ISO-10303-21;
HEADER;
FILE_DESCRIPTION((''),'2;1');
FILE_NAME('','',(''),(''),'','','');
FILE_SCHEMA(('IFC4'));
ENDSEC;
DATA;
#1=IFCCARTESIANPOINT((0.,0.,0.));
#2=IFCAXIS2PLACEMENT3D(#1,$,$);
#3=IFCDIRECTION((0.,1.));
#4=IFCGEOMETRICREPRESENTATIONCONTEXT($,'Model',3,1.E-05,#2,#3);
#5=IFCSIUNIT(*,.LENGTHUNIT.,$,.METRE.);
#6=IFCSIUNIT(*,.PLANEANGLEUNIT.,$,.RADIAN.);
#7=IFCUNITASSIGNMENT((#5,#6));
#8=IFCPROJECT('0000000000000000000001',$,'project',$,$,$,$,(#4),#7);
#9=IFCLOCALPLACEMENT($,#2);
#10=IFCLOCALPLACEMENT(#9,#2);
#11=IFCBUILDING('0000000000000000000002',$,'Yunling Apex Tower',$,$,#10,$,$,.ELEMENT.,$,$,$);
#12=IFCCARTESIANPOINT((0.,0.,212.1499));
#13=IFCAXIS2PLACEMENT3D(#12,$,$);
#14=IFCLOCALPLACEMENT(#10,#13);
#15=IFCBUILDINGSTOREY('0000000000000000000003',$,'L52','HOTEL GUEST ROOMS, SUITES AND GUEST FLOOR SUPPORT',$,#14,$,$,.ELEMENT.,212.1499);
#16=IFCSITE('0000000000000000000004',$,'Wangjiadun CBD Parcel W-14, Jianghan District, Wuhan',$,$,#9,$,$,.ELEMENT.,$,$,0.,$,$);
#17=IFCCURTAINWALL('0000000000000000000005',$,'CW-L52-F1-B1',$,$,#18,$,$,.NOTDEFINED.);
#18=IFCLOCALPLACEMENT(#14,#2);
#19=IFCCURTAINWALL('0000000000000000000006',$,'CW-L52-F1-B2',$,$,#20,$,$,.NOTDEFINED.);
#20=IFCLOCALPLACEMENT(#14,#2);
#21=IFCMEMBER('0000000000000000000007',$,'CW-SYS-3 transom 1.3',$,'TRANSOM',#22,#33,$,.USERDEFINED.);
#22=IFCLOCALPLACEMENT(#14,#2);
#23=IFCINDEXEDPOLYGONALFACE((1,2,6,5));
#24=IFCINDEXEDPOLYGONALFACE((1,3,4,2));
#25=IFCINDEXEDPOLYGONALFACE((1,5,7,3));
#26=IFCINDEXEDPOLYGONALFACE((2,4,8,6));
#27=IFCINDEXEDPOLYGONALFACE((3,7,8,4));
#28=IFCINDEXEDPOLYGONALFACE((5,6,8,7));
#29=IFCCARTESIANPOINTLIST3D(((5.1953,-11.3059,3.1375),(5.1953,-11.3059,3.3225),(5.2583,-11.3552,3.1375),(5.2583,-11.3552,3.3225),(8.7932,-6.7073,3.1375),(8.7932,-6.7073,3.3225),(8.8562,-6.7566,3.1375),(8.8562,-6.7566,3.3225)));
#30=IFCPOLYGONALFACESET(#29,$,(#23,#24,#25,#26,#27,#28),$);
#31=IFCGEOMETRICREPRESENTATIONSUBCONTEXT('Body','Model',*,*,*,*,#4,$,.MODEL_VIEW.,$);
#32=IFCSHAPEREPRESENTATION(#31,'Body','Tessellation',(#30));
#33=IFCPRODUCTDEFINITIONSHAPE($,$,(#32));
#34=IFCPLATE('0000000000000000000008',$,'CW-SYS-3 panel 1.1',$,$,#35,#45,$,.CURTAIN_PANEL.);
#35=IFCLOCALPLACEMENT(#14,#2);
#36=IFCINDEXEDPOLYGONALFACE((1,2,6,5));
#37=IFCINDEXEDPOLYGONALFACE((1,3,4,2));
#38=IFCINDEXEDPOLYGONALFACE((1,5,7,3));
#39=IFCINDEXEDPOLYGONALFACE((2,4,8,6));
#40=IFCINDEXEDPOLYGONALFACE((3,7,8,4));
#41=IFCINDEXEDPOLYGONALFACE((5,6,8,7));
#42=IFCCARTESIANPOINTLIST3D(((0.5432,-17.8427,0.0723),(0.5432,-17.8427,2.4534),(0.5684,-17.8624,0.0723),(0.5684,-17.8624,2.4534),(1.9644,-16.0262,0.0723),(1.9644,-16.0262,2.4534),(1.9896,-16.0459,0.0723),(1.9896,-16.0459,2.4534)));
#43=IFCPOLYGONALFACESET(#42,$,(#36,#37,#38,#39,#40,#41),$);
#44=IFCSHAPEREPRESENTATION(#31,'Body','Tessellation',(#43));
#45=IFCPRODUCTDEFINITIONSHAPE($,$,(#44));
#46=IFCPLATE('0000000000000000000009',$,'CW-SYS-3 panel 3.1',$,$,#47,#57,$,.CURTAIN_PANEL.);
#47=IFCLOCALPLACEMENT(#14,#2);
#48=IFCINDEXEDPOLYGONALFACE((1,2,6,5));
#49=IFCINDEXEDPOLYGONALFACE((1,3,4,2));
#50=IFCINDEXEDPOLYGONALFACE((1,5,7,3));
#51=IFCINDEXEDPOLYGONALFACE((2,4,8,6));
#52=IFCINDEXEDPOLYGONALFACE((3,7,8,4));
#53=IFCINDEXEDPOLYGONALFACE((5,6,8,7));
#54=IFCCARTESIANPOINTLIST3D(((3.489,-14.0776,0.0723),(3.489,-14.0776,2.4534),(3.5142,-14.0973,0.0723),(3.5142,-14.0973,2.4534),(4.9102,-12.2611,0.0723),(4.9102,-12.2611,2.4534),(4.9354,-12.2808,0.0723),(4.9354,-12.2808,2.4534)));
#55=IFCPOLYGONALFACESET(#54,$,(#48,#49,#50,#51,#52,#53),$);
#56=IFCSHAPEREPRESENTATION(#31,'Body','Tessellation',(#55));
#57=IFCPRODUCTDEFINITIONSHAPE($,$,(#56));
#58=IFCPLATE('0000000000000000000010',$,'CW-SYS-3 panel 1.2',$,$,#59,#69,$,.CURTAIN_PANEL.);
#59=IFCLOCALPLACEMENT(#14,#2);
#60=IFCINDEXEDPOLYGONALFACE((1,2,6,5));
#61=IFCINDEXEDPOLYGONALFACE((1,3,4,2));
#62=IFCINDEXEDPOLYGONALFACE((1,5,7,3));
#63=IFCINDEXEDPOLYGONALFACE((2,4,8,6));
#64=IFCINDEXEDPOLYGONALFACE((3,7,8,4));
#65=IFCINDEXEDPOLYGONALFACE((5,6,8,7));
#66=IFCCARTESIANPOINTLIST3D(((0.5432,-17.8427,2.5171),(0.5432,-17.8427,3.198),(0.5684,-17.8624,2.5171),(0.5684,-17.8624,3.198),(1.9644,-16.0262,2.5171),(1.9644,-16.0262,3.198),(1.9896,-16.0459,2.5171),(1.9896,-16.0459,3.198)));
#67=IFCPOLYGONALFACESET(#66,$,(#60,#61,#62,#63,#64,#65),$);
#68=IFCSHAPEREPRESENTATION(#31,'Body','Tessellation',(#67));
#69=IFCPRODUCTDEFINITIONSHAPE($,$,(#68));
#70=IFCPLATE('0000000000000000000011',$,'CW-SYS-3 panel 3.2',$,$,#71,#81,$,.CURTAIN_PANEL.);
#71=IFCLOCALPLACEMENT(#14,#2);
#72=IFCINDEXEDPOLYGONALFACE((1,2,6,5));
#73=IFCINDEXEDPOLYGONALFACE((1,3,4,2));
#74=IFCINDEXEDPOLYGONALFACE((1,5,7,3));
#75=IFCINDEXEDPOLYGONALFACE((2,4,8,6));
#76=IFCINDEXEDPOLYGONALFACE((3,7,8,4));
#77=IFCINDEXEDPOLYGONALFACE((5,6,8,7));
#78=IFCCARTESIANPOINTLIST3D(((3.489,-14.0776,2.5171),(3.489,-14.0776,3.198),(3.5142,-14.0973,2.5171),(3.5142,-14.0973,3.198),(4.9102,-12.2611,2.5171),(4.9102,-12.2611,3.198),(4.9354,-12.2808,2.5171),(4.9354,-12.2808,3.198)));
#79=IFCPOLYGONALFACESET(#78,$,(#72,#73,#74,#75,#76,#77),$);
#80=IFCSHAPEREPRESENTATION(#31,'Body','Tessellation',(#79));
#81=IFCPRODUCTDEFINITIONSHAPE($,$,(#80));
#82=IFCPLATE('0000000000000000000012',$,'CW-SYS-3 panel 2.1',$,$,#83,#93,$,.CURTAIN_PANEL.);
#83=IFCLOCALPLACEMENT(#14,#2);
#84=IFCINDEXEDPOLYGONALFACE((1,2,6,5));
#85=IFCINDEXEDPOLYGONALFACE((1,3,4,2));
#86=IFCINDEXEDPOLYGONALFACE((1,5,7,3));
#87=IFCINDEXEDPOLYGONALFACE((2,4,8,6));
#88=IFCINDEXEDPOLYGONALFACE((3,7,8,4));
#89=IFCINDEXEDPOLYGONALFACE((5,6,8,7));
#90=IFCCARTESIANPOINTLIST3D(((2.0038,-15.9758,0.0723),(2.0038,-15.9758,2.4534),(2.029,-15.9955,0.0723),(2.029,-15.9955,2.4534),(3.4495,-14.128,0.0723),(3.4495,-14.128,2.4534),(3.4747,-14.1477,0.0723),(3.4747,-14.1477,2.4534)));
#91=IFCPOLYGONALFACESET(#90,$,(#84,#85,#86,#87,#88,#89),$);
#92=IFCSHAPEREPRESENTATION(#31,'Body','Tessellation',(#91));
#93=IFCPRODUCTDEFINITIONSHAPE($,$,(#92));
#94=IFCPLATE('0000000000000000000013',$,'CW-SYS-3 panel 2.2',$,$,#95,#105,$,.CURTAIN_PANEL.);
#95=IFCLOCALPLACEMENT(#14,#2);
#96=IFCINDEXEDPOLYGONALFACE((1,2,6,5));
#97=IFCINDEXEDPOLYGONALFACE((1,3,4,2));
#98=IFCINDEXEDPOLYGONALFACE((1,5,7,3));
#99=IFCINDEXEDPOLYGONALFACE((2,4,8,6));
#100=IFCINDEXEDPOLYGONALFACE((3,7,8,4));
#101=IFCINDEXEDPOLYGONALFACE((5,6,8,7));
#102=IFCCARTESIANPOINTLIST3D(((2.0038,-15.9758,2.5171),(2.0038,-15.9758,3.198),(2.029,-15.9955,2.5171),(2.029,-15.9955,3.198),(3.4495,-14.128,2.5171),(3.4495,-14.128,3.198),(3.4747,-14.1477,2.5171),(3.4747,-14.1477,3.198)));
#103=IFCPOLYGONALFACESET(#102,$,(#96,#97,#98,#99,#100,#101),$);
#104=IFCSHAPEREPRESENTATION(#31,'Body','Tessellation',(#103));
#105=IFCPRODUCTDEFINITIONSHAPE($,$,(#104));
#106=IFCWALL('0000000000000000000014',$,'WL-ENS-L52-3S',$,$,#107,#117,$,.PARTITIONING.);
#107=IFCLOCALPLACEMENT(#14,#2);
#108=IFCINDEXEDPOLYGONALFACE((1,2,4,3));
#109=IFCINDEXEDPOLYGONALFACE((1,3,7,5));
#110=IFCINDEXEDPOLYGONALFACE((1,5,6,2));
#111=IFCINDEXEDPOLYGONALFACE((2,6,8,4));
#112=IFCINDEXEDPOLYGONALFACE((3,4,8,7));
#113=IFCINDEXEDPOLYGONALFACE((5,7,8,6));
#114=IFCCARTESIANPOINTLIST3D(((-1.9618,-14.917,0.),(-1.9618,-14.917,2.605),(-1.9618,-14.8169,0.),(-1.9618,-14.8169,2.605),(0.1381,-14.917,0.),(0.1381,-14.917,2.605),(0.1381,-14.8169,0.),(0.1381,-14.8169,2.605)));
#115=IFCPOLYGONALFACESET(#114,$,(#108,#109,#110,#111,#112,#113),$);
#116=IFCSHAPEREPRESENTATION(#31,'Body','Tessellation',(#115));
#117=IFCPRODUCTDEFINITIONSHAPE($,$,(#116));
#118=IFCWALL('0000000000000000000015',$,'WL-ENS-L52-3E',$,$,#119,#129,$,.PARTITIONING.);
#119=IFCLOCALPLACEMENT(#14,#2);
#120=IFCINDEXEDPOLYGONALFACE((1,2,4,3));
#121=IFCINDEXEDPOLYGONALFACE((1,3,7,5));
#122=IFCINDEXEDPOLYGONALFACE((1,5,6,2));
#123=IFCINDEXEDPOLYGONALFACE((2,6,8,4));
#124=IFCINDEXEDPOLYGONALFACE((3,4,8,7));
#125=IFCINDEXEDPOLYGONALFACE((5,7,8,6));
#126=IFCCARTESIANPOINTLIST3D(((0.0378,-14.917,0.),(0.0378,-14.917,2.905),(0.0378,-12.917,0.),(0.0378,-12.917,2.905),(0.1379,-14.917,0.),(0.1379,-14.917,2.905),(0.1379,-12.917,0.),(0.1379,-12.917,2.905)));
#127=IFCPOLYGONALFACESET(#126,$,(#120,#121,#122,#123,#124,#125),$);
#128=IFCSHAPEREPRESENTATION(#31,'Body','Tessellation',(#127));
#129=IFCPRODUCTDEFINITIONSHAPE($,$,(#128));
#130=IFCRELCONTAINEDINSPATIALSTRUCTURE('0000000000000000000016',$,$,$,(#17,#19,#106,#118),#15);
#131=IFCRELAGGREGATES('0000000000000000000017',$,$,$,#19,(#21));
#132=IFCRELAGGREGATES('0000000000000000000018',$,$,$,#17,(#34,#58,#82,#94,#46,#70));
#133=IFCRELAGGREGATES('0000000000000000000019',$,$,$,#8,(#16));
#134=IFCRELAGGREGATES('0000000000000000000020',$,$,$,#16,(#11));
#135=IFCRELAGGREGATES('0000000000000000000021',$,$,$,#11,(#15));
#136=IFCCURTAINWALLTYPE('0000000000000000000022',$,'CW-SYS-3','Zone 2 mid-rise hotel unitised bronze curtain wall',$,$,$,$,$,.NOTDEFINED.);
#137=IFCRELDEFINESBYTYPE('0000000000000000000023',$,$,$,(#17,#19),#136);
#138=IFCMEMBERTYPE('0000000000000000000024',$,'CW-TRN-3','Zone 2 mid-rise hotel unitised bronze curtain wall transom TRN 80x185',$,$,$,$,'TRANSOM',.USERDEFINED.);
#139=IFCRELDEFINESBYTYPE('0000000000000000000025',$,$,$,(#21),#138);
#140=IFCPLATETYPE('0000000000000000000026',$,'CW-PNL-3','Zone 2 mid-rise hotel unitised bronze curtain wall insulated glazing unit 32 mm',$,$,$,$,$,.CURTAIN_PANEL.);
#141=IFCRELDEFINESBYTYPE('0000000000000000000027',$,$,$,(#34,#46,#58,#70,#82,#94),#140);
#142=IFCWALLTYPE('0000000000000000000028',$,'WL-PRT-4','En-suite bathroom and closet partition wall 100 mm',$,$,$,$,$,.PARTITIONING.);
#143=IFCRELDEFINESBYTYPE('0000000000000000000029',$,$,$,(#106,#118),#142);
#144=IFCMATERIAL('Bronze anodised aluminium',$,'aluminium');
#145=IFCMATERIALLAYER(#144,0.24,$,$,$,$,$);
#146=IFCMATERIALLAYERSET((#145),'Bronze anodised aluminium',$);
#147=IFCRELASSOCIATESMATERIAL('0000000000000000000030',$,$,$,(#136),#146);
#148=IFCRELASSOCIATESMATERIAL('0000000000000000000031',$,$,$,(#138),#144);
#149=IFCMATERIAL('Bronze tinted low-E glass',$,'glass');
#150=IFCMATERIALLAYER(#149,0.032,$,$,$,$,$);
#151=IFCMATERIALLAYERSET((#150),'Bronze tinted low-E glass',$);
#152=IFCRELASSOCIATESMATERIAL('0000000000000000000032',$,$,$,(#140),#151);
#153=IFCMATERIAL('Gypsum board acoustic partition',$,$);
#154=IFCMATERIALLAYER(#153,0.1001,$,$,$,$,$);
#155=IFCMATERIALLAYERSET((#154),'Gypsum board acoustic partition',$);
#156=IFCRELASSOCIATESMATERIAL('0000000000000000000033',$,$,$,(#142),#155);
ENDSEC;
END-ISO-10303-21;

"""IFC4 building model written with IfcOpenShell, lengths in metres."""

from ifc_helpers import new_model, si_unit, direction, frame, frame_2d, origin, origin_2d, place, context, subcontext, project, spatial, rectangle, extrude, source, transform, mapped, material, layer, layer_set, material_profile, profile_set, type_object, element, aggregate, save


model = new_model("IFC4")

# Units and contexts
model_context = context("Model", 3, precision=1e-05, world=origin(), true_north=direction((0.0, 1.0)))
body_context = subcontext(model_context, "Body", "Model", "MODEL_VIEW")
ifc_project = project(units=[si_unit("LENGTHUNIT", "METRE"), si_unit("PLANEANGLEUNIT", "RADIAN")], contexts=[model_context])

# Site, building, storey
site_placement = place(None, origin())
site = spatial("IfcSite", under=ifc_project, at=site_placement, Name="Wangjiadun CBD Parcel W-14, Jianghan District, Wuhan", CompositionType="ELEMENT", RefElevation=0.0)
building_placement = place(site_placement, origin())
building = spatial("IfcBuilding", under=site, at=building_placement, Name="Yunling Apex Tower", CompositionType="ELEMENT")
storey_placement = place(building_placement, frame((0.0, 0.0, 212.1499)))
storey = spatial("IfcBuildingStorey", under=building, at=storey_placement, Name="L52", Description="HOTEL GUEST ROOMS, SUITES AND GUEST FLOOR SUPPORT", CompositionType="ELEMENT", Elevation=212.1499)

# Curtain wall
ifc_material_1 = material(Name="Bronze anodised aluminium", Category="aluminium")
ifc_layer_1 = layer(ifc_material_1, 0.24)
ifc_layer_set_1 = layer_set([ifc_layer_1], Name="Bronze anodised aluminium")
curtain_wall_type = type_object("IfcCurtainWallType", Name="CW-SYS-3", Description="Zone 2 mid-rise hotel unitised bronze curtain wall", PredefinedType="NOTDEFINED", material=ifc_layer_set_1)
curtain_wall_1_placement = place(storey_placement, origin())
curtain_wall_1 = element("IfcCurtainWall", 1, at=curtain_wall_1_placement, inside=storey, type_object=curtain_wall_type, Name="CW-L52-F1-B1", PredefinedType="NOTDEFINED")

# Curtain wall
curtain_wall_2_placement = place(storey_placement, origin())
curtain_wall_2 = element("IfcCurtainWall", 2, at=curtain_wall_2_placement, inside=storey, type_object=curtain_wall_type, Name="CW-L52-F1-B2", PredefinedType="NOTDEFINED")

# Member
ifc_material_profile_1 = material_profile(ifc_material_1, rectangle(XDim=0.0801, YDim=0.1851, at=origin_2d()))
ifc_profile_set_1 = profile_set([ifc_material_profile_1], Name="Bronze anodised aluminium")
member_type_1 = type_object("IfcMemberType", Name="CW-TRN-3", Description="Zone 2 mid-rise hotel unitised bronze curtain wall transom TRN 80x185", ElementType="TRANSOM", PredefinedType="USERDEFINED", material=ifc_profile_set_1)
shared_shape_1 = source(origin(), body_context, "Body", "SweptSolid", [
    extrude(rectangle(XDim=0.0801, YDim=0.1851, at=origin_2d()), origin(), (0.0, 0.0, 1.0), 5.8389),
])
member_1_placement = place(storey_placement, frame((5.2268, -11.3306, 3.23), z_axis=(0.616199, 0.787591, 0.0), x_axis=(-0.787591, 0.616199, 0.0)))
member_1 = element("IfcMember", 3, at=member_1_placement, type_object=member_type_1, Name="CW-SYS-3 transom 1.3", ObjectType="TRANSOM", PredefinedType="USERDEFINED", context=body_context, shape_type="MappedRepresentation", body=[
    mapped(shared_shape_1, transform((0.0, 0.0, 0.0), scale=1.0)),
])
aggregate(curtain_wall_2, [member_1])

# Plates
ifc_material_2 = material(Name="Bronze tinted low-E glass", Category="glass")
ifc_layer_2 = layer(ifc_material_2, 0.032)
ifc_layer_set_2 = layer_set([ifc_layer_2], Name="Bronze tinted low-E glass")
plate_type = type_object("IfcPlateType", Name="CW-PNL-3", Description="Zone 2 mid-rise hotel unitised bronze curtain wall insulated glazing unit 32 mm", PredefinedType="CURTAIN_PANEL", material=ifc_layer_set_2)
shared_shape_2 = source(origin(), body_context, "Body", "SweptSolid", [
    extrude(rectangle(XDim=2.3064, YDim=0.032, at=origin_2d()), origin(), (0.0, 0.0, 1.0), 2.3811),
])
plate_1_placement = place(storey_placement, frame((1.2664, -16.9443, 0.0723), z_axis=(0.0, 0.0, 1.0), x_axis=(0.6162, 0.787589, 0.0)))
plate_1 = element("IfcPlate", 4, at=plate_1_placement, type_object=plate_type, Name="CW-SYS-3 panel 1.1", PredefinedType="CURTAIN_PANEL", context=body_context, shape_type="MappedRepresentation", body=[
    mapped(shared_shape_2, transform((0.0, 0.0, 0.0), scale=1.0)),
])
plate_2_placement = place(storey_placement, frame((4.2122, -13.1792, 0.0723), z_axis=(0.0, 0.0, 1.0), x_axis=(0.6162, 0.787589, 0.0)))
plate_2 = element("IfcPlate", 5, at=plate_2_placement, type_object=plate_type, Name="CW-SYS-3 panel 3.1", PredefinedType="CURTAIN_PANEL", context=body_context, shape_type="MappedRepresentation", body=[
    mapped(shared_shape_2, transform((0.0, 0.0, 0.0), scale=1.0)),
])
shared_shape_3 = source(origin(), body_context, "Body", "SweptSolid", [
    extrude(rectangle(XDim=2.3064, YDim=0.032, at=origin_2d()), origin(), (0.0, 0.0, 1.0), 0.6809),
])
plate_3_placement = place(storey_placement, frame((1.2664, -16.9443, 2.5171), z_axis=(0.0, 0.0, 1.0), x_axis=(0.6162, 0.787589, 0.0)))
plate_3 = element("IfcPlate", 6, at=plate_3_placement, type_object=plate_type, Name="CW-SYS-3 panel 1.2", PredefinedType="CURTAIN_PANEL", context=body_context, shape_type="MappedRepresentation", body=[
    mapped(shared_shape_3, transform((0.0, 0.0, 0.0), scale=1.0)),
])
plate_4_placement = place(storey_placement, frame((4.2122, -13.1792, 2.5171), z_axis=(0.0, 0.0, 1.0), x_axis=(0.6162, 0.787589, 0.0)))
plate_4 = element("IfcPlate", 7, at=plate_4_placement, type_object=plate_type, Name="CW-SYS-3 panel 3.2", PredefinedType="CURTAIN_PANEL", context=body_context, shape_type="MappedRepresentation", body=[
    mapped(shared_shape_3, transform((0.0, 0.0, 0.0), scale=1.0)),
])
shared_shape_4 = source(origin(), body_context, "Body", "SweptSolid", [
    extrude(rectangle(XDim=2.3462, YDim=0.032, at=origin_2d()), origin(), (0.0, 0.0, 1.0), 2.3811),
])
plate_5_placement = place(storey_placement, frame((2.7393, -15.0618, 0.0723), z_axis=(0.0, 0.0, 1.0), x_axis=(0.6162, 0.787589, 0.0)))
plate_5 = element("IfcPlate", 8, at=plate_5_placement, type_object=plate_type, Name="CW-SYS-3 panel 2.1", PredefinedType="CURTAIN_PANEL", context=body_context, shape_type="MappedRepresentation", body=[
    mapped(shared_shape_4, transform((0.0, 0.0, 0.0), scale=1.0)),
])
shared_shape_5 = source(origin(), body_context, "Body", "SweptSolid", [
    extrude(rectangle(XDim=2.3462, YDim=0.032, at=origin_2d()), origin(), (0.0, 0.0, 1.0), 0.6809),
])
plate_6_placement = place(storey_placement, frame((2.7393, -15.0618, 2.5171), z_axis=(0.0, 0.0, 1.0), x_axis=(0.6162, 0.787589, 0.0)))
plate_6 = element("IfcPlate", 9, at=plate_6_placement, type_object=plate_type, Name="CW-SYS-3 panel 2.2", PredefinedType="CURTAIN_PANEL", context=body_context, shape_type="MappedRepresentation", body=[
    mapped(shared_shape_5, transform((0.0, 0.0, 0.0), scale=1.0)),
])
aggregate(curtain_wall_1, [plate_1, plate_3, plate_5, plate_6, plate_2, plate_4])

# Walls
ifc_material_3 = material(Name="Gypsum board acoustic partition")
ifc_layer_3 = layer(ifc_material_3, 0.1001)
ifc_layer_set_3 = layer_set([ifc_layer_3], Name="Gypsum board acoustic partition")
wall_type = type_object("IfcWallType", Name="WL-PRT-4", Description="En-suite bathroom and closet partition wall 100 mm", PredefinedType="PARTITIONING", material=ifc_layer_set_3)
wall_1_placement = place(storey_placement, frame((0.1379, -14.8669, 0.0), z_axis=(0.0, 0.0, 1.0), x_axis=(-1.0, 0.0, 0.0)))
element("IfcWall", 10, at=wall_1_placement, inside=storey, type_object=wall_type, Name="WL-ENS-L52-3S", PredefinedType="PARTITIONING", context=body_context, shape_type="SweptSolid", body=[
    extrude(rectangle(XDim=2.0999, YDim=0.1001, at=frame_2d((1.0498, 0.0))), origin(), (0.0, 0.0, 1.0), 2.605),
])
wall_2_placement = place(storey_placement, frame((0.0879, -12.917, 0.0), z_axis=(0.0, 0.0, 1.0), x_axis=(0.0, -1.0, 0.0)))
element("IfcWall", 11, at=wall_2_placement, inside=storey, type_object=wall_type, Name="WL-ENS-L52-3E", PredefinedType="PARTITIONING", context=body_context, shape_type="SweptSolid", body=[
    extrude(rectangle(XDim=2.0, YDim=0.1001, at=frame_2d((1.0, 0.0))), origin(), (0.0, 0.0, 1.0), 2.905),
])

save(model, "model.ifc")
